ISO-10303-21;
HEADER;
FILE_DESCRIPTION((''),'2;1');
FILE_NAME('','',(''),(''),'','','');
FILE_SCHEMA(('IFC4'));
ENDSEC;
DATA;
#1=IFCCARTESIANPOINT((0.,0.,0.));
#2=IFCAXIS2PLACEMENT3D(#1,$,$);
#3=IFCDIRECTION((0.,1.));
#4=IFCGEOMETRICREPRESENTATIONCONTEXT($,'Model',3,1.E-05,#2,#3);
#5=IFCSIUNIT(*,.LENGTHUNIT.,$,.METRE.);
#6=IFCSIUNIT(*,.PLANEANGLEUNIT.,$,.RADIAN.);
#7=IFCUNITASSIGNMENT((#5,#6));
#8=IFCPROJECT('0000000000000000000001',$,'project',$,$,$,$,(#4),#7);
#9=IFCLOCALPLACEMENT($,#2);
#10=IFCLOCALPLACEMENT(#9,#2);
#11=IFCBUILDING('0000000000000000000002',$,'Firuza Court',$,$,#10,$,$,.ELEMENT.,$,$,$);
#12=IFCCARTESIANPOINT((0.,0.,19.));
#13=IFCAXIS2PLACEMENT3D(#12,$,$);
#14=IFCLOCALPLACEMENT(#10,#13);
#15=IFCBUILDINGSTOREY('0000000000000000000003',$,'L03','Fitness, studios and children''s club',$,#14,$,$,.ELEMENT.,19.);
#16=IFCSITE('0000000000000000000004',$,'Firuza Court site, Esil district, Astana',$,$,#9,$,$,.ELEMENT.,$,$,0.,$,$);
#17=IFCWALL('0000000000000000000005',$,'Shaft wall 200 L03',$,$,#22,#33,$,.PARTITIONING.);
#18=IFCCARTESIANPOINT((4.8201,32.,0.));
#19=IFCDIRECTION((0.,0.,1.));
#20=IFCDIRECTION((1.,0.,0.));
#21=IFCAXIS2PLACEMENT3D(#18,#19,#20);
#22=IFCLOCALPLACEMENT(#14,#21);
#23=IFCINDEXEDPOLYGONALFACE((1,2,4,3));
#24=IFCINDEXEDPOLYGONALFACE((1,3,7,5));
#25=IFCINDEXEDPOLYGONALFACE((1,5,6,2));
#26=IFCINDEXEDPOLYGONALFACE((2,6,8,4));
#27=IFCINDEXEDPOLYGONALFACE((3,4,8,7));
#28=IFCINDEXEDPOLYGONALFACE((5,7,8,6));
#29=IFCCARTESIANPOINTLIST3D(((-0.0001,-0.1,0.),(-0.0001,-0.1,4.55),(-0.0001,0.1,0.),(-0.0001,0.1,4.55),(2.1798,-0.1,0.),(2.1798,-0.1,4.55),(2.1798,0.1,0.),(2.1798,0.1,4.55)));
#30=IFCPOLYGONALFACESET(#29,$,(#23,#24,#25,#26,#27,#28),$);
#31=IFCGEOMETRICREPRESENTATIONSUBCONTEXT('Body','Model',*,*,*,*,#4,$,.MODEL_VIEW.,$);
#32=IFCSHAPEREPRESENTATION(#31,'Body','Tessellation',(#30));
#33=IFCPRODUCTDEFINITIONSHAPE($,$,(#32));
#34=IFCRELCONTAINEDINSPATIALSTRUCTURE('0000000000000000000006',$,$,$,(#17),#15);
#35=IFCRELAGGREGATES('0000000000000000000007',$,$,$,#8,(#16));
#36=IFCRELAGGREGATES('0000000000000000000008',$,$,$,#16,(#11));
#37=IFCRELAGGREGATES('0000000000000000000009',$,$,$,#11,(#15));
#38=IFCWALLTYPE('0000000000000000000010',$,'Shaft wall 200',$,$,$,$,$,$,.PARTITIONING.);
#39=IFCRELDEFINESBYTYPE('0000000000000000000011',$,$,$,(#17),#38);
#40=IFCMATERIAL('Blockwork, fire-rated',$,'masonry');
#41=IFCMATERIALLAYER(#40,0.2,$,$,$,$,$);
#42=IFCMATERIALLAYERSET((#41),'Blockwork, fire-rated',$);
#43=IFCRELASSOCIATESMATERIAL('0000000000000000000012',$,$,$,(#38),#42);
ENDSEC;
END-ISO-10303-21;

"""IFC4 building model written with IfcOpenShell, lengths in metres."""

from ifc_helpers import new_model, si_unit, direction, frame, frame_2d, origin, place, context, subcontext, project, spatial, rectangle, extrude, material, layer, layer_set, type_object, element, save


model = new_model("IFC4")

# Units and contexts
model_context = context("Model", 3, precision=1e-05, world=origin(), true_north=direction((0.0, 1.0)))
body_context = subcontext(model_context, "Body", "Model", "MODEL_VIEW")
ifc_project = project(units=[si_unit("LENGTHUNIT", "METRE"), si_unit("PLANEANGLEUNIT", "RADIAN")], contexts=[model_context])

# Site, building, storey
site_placement = place(None, origin())
site = spatial("IfcSite", under=ifc_project, at=site_placement, Name="Firuza Court site, Esil district, Astana", CompositionType="ELEMENT", RefElevation=0.0)
building_placement = place(site_placement, origin())
building = spatial("IfcBuilding", under=site, at=building_placement, Name="Firuza Court", CompositionType="ELEMENT")
storey_placement = place(building_placement, frame((0.0, 0.0, 19.0)))
storey = spatial("IfcBuildingStorey", under=building, at=storey_placement, Name="L03", Description="Fitness, studios and children's club", CompositionType="ELEMENT", Elevation=19.0)

# Wall
ifc_material_1 = material(Name="Blockwork, fire-rated", Category="masonry")
ifc_layer_1 = layer(ifc_material_1, 0.2)
ifc_layer_set_1 = layer_set([ifc_layer_1], Name="Blockwork, fire-rated")
wall_type_1 = type_object("IfcWallType", Name="Shaft wall 200", PredefinedType="PARTITIONING", material=ifc_layer_set_1)
wall_1_placement = place(storey_placement, frame((4.8201, 32.0, 0.0), z_axis=(0.0, 0.0, 1.0), x_axis=(1.0, 0.0, 0.0)))
element("IfcWall", 1, at=wall_1_placement, inside=storey, type_object=wall_type_1, Name="Shaft wall 200 L03", PredefinedType="PARTITIONING", context=body_context, shape_type="SweptSolid", body=[
    extrude(rectangle(XDim=2.1799, YDim=0.2, at=frame_2d((1.0898, 0.0))), origin(), (0.0, 0.0, 1.0), 4.55),
])

save(model, "model.ifc")
